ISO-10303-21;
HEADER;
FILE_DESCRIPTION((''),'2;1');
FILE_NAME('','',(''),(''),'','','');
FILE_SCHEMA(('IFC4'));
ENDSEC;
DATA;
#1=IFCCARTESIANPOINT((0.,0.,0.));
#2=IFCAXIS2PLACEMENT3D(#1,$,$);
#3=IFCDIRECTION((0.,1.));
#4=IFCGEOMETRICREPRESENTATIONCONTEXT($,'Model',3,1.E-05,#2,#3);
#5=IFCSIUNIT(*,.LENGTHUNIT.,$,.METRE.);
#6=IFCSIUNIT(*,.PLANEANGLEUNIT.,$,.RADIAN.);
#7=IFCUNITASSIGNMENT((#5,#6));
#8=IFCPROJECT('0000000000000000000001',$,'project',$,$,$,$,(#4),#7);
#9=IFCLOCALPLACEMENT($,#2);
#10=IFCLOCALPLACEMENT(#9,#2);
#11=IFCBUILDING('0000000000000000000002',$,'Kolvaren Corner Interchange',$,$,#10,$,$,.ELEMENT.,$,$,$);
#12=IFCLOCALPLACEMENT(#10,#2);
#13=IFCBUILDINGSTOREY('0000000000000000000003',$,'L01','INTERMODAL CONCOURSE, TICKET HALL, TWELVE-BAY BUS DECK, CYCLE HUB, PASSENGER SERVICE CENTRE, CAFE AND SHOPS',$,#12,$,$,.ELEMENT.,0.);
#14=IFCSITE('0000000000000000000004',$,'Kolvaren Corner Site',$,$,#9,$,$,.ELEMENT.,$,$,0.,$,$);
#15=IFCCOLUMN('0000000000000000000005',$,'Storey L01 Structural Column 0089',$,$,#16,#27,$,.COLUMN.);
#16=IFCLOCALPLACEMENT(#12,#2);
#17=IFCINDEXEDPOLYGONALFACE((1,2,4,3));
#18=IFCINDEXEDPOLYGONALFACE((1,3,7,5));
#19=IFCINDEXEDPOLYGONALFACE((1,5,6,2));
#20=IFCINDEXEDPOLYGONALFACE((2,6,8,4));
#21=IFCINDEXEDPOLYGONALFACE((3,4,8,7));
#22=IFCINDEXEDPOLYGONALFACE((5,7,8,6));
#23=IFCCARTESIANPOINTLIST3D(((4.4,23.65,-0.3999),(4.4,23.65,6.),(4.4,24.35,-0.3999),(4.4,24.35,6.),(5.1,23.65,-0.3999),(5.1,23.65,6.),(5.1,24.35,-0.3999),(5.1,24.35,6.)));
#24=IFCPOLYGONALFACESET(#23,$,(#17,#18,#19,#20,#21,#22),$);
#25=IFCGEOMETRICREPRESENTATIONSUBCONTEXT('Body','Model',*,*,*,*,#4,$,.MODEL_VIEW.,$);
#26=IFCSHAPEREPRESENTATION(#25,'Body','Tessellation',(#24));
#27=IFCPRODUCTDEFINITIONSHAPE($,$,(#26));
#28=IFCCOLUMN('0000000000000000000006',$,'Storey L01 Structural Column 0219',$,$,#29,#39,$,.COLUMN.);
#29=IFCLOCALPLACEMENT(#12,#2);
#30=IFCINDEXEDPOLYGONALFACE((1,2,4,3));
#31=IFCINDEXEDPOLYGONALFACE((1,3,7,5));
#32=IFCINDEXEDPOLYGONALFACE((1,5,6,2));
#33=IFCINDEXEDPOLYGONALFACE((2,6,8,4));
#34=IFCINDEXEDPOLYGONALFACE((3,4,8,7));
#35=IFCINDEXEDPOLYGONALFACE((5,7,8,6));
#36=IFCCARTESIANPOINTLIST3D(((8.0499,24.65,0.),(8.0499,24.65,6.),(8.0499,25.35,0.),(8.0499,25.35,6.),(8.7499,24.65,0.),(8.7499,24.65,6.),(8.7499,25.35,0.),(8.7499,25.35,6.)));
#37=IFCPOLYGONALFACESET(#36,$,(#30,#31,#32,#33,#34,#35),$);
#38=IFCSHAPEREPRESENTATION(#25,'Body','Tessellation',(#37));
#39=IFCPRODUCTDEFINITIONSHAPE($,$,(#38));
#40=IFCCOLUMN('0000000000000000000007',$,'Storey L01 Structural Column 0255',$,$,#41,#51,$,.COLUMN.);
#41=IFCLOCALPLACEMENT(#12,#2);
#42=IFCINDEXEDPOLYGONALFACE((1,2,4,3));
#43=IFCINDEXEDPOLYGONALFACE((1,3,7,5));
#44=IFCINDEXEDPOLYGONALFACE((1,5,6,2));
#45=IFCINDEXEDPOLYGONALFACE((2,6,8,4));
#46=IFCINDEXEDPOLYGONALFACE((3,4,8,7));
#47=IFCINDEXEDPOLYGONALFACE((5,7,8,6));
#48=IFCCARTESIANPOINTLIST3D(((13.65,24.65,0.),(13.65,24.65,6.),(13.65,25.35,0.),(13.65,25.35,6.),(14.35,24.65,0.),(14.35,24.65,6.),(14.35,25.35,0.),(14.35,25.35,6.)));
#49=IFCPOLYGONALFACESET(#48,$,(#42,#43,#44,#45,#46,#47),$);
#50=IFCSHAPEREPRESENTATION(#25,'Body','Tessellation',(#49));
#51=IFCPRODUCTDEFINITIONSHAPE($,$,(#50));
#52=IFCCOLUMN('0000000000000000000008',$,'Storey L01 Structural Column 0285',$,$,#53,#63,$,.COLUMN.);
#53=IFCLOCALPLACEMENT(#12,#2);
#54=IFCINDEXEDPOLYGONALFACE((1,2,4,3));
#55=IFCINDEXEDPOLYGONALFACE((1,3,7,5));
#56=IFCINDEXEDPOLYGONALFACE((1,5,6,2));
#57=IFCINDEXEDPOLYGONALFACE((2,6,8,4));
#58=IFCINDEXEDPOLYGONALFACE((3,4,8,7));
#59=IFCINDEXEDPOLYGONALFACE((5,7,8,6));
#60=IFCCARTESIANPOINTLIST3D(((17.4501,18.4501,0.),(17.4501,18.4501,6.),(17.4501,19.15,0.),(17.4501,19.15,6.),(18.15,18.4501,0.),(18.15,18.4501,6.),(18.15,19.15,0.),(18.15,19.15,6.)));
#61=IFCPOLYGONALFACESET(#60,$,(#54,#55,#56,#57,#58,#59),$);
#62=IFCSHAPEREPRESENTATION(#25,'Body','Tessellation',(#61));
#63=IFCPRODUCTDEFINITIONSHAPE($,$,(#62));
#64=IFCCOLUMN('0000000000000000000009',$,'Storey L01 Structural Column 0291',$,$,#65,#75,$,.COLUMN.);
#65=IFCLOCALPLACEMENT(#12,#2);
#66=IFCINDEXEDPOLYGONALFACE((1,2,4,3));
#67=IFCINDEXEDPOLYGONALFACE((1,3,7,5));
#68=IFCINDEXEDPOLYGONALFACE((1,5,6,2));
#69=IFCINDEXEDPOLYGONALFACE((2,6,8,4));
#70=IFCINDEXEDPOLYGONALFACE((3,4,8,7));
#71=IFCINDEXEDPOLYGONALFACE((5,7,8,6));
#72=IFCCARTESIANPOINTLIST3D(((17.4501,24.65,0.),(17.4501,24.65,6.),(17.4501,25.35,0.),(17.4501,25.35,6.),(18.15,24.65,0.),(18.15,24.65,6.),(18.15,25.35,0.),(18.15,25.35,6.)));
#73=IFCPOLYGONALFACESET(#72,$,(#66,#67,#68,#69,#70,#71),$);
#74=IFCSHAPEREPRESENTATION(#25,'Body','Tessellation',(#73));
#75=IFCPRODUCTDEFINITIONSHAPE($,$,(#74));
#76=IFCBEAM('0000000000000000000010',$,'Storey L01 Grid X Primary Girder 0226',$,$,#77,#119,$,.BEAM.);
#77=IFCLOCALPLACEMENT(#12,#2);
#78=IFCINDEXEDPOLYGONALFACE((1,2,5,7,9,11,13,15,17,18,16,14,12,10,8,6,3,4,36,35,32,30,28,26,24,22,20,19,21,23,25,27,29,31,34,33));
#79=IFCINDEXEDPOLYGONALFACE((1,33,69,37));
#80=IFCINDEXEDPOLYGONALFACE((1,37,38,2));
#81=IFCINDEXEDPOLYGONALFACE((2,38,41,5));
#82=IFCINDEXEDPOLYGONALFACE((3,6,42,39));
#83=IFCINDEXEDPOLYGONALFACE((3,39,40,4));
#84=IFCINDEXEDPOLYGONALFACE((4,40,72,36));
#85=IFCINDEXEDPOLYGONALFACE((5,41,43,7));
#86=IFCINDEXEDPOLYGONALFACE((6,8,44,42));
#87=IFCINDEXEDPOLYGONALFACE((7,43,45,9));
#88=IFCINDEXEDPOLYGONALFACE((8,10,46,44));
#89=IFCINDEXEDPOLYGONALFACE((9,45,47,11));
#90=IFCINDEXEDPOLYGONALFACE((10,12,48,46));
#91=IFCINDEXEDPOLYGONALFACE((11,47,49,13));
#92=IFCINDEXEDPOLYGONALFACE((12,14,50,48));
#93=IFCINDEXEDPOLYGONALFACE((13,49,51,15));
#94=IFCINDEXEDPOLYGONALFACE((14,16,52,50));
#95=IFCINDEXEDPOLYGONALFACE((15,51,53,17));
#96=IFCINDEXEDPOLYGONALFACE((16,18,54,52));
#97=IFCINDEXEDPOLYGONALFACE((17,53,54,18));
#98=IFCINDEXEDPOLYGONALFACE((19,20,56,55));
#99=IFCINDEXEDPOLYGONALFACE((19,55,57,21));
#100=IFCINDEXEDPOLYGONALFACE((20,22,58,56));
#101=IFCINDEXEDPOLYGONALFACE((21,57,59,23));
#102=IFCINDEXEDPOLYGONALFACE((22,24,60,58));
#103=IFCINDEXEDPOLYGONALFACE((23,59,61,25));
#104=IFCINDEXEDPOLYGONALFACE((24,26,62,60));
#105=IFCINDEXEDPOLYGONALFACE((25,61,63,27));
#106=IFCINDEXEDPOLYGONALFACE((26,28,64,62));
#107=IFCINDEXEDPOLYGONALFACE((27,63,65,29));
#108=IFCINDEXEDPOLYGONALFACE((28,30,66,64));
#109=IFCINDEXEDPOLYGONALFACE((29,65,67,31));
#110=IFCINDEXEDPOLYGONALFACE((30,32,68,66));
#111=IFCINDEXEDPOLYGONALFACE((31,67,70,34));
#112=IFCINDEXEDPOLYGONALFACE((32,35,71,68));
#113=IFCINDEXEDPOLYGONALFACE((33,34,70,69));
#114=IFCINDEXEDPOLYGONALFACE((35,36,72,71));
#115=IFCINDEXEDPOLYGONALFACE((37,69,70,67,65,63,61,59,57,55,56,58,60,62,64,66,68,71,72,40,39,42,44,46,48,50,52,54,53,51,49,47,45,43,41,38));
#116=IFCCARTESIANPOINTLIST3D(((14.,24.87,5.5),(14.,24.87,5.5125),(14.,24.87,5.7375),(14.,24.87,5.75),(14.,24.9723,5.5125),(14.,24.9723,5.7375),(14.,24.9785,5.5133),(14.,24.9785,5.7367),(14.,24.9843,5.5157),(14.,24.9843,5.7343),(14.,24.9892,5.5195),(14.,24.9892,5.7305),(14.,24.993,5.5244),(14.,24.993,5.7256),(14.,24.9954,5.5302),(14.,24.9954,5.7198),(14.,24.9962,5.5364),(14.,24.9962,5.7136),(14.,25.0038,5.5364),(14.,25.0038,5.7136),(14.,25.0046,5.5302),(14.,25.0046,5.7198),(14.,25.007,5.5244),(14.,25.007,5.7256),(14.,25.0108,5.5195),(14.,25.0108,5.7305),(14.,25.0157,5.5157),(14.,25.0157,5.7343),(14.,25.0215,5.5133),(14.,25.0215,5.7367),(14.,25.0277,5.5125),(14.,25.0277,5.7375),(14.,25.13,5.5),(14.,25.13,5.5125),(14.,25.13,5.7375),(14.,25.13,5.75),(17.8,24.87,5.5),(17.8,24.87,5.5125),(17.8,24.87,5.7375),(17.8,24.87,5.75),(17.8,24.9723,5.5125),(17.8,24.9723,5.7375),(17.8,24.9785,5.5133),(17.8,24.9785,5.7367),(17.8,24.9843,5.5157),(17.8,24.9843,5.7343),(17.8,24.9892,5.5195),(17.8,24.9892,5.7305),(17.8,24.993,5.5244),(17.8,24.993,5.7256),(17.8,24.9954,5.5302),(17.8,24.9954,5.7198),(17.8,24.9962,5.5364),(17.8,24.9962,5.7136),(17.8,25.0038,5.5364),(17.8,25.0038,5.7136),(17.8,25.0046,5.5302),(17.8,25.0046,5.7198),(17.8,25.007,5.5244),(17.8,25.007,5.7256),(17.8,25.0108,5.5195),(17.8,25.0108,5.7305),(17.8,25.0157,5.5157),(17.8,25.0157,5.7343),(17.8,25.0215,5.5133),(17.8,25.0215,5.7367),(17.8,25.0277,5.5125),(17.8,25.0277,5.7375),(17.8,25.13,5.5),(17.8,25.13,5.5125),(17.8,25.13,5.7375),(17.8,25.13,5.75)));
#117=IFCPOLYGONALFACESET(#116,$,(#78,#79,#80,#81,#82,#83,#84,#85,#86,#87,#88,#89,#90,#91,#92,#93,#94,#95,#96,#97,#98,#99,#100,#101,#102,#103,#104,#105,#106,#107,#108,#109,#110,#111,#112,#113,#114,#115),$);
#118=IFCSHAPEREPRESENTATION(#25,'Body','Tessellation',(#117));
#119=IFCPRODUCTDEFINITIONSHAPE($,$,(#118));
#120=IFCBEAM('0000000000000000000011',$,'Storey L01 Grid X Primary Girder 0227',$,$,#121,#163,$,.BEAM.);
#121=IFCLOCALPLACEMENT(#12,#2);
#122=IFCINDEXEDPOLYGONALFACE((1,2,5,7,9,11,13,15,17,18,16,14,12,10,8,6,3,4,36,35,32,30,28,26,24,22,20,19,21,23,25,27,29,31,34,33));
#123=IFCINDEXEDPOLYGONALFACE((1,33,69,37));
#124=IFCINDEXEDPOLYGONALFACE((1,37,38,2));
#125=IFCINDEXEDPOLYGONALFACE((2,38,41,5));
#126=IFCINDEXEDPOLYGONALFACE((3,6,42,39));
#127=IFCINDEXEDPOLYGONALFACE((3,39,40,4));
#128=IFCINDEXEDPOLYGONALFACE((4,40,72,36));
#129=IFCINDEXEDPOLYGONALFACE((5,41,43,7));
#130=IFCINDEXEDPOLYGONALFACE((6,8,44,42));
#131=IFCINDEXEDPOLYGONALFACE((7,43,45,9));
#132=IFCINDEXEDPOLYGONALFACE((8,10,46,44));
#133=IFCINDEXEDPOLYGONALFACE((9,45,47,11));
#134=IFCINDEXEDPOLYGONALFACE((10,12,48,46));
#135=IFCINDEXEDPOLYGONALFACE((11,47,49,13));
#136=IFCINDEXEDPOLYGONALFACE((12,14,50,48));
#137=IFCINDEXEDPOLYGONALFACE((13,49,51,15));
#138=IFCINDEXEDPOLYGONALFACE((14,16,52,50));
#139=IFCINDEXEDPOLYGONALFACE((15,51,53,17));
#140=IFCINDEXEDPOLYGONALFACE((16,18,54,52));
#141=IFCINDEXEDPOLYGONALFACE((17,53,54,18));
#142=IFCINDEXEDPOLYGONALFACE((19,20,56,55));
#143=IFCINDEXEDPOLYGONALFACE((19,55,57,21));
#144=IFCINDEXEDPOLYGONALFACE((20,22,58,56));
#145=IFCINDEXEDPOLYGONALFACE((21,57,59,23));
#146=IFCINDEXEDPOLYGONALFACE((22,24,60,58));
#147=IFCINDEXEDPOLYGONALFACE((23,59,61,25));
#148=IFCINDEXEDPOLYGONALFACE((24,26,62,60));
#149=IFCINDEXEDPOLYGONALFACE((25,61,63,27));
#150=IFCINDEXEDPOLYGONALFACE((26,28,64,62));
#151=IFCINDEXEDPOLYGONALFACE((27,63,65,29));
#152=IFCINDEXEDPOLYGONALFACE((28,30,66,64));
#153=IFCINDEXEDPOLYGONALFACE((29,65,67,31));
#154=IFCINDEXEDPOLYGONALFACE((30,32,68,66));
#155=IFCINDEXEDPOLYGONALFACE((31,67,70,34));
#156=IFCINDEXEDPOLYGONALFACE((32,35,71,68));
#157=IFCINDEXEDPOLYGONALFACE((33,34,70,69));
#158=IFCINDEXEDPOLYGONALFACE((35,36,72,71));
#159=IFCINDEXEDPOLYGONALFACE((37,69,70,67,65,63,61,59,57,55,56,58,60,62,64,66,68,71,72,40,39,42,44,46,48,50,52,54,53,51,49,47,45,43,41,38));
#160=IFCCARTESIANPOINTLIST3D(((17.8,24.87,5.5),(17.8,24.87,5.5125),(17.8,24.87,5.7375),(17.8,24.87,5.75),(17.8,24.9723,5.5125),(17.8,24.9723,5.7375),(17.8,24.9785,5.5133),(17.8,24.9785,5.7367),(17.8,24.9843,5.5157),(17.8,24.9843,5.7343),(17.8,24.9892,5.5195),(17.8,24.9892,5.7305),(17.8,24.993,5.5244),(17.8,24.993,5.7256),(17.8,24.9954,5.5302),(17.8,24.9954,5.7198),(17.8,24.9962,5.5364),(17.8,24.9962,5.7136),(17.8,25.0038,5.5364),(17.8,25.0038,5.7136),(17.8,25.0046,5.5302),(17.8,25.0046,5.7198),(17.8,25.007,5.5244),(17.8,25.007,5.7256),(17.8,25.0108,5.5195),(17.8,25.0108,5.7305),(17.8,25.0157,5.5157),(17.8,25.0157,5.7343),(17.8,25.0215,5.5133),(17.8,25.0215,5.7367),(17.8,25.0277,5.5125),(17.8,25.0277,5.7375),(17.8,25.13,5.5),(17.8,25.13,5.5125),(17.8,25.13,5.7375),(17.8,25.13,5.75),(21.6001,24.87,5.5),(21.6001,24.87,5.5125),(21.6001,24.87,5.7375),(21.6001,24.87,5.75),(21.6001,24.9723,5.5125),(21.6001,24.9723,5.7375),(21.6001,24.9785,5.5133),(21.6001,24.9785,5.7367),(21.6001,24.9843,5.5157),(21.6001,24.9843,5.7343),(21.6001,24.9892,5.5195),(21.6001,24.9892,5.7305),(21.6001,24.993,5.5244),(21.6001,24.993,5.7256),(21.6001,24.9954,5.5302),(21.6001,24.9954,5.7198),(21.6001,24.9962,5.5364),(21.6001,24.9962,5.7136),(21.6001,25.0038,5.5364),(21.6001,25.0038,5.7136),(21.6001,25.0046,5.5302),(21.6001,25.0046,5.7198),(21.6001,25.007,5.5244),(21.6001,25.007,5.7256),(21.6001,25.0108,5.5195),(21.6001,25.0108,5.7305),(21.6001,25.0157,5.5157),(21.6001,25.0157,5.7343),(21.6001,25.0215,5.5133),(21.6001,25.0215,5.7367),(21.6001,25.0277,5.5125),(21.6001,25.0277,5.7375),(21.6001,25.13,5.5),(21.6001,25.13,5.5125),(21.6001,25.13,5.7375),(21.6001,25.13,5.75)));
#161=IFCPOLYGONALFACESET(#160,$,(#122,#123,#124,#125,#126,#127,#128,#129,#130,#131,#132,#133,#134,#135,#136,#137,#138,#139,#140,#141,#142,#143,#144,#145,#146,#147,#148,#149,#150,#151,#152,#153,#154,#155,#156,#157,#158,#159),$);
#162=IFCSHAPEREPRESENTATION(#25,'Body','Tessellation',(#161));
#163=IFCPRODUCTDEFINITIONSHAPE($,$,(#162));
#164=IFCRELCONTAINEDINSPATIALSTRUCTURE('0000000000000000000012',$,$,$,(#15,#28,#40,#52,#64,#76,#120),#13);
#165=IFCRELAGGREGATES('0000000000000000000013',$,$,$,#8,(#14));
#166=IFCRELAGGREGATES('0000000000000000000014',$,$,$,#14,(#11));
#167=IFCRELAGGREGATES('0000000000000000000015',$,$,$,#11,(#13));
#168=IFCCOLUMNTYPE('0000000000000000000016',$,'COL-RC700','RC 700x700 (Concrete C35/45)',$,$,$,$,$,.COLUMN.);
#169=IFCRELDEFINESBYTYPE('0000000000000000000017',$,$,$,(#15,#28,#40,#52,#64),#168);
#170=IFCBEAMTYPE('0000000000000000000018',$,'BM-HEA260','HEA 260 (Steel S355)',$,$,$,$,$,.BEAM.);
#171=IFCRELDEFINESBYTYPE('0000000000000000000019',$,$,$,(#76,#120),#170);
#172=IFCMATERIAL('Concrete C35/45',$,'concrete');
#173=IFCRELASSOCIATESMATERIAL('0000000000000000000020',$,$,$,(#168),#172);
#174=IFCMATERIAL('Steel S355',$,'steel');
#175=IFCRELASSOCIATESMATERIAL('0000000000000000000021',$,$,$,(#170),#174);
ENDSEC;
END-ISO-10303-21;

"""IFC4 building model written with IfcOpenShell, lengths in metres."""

from ifc_helpers import new_model, si_unit, direction, frame, origin, origin_2d, place, context, subcontext, project, spatial, rectangle, i_section, extrude, material, material_profile, profile_set, type_object, element, save


model = new_model("IFC4")

# Units and contexts
model_context = context("Model", 3, precision=1e-05, world=origin(), true_north=direction((0.0, 1.0)))
body_context = subcontext(model_context, "Body", "Model", "MODEL_VIEW")
ifc_project = project(units=[si_unit("LENGTHUNIT", "METRE"), si_unit("PLANEANGLEUNIT", "RADIAN")], contexts=[model_context])

# Site, building, storey
site_placement = place(None, origin())
site = spatial("IfcSite", under=ifc_project, at=site_placement, Name="Kolvaren Corner Site", CompositionType="ELEMENT", RefElevation=0.0)
building_placement = place(site_placement, origin())
building = spatial("IfcBuilding", under=site, at=building_placement, Name="Kolvaren Corner Interchange", CompositionType="ELEMENT")
storey_placement = place(building_placement, origin())
storey = spatial("IfcBuildingStorey", under=building, at=storey_placement, Name="L01", Description="INTERMODAL CONCOURSE, TICKET HALL, TWELVE-BAY BUS DECK, CYCLE HUB, PASSENGER SERVICE CENTRE, CAFE AND SHOPS", CompositionType="ELEMENT", Elevation=0.0)

# Columns
ifc_material_1 = material(Name="Concrete C35/45", Category="concrete")
ifc_material_profile_1 = material_profile(ifc_material_1, rectangle(XDim=0.7, YDim=0.7, at=origin_2d()), Name="RC 700x700")
ifc_profile_set_1 = profile_set([ifc_material_profile_1], Name="Concrete C35/45")
column_type = type_object("IfcColumnType", Name="COL-RC700", Description="RC 700x700 (Concrete C35/45)", PredefinedType="COLUMN", material=ifc_profile_set_1)
column_placement = place(storey_placement, frame((4.75, 24.0, -0.3999), z_axis=(0.0, 0.0, 1.0), x_axis=(1.0, 0.0, 0.0)))
element("IfcColumn", 1, at=column_placement, inside=storey, type_object=column_type, Name="Storey L01 Structural Column 0089", PredefinedType="COLUMN", context=body_context, shape_type="SweptSolid", body=[
    extrude(rectangle(XDim=0.7, YDim=0.7, at=origin_2d()), origin(), (0.0, 0.0, 1.0), 6.3999),
])
for number, where, z_axis, x_axis, name in (
    (2, (8.3999, 25.0, 0.0), (0.0, 0.0, 1.0), (1.0, 0.0, 0.0), "Storey L01 Structural Column 0219"),
    (3, (14.0, 25.0, 0.0), (0.0, 0.0, 1.0), (1.0, 0.0, 0.0), "Storey L01 Structural Column 0255"),
    (4, (17.8, 18.8, 0.0), (0.0, 0.0, 1.0), (1.0, 0.0, 0.0), "Storey L01 Structural Column 0285"),
    (5, (17.8, 25.0, 0.0), (0.0, 0.0, 1.0), (1.0, 0.0, 0.0), "Storey L01 Structural Column 0291"),
):
    element("IfcColumn", number, at=place(storey_placement, frame(where, z_axis=z_axis, x_axis=x_axis)), inside=storey, type_object=column_type, Name=name, PredefinedType="COLUMN", context=body_context, shape_type="SweptSolid", body=[
        extrude(rectangle(XDim=0.7, YDim=0.7, at=origin_2d()), origin(), (0.0, 0.0, 1.0), 6.0),
    ])

# Beams
ifc_material_2 = material(Name="Steel S355", Category="steel")
ifc_material_profile_2 = material_profile(ifc_material_2, i_section(OverallWidth=0.26, OverallDepth=0.25, WebThickness=0.0076, FlangeThickness=0.0125, FilletRadius=0.0239, at=origin_2d()), Name="HEA 260")
ifc_profile_set_2 = profile_set([ifc_material_profile_2], Name="Steel S355")
beam_type_1 = type_object("IfcBeamType", Name="BM-HEA260", Description="HEA 260 (Steel S355)", PredefinedType="BEAM", material=ifc_profile_set_2)
for number, where, z_axis, x_axis, name in (
    (6, (14.0, 25.0, 5.625), (1.0, 0.0, 0.0), (0.0, 1.0, 0.0), "Storey L01 Grid X Primary Girder 0226"),
    (7, (17.8, 25.0, 5.625), (1.0, 0.0, 0.0), (0.0, 1.0, 0.0), "Storey L01 Grid X Primary Girder 0227"),
):
    element("IfcBeam", number, at=place(storey_placement, frame(where, z_axis=z_axis, x_axis=x_axis)), inside=storey, type_object=beam_type_1, Name=name, PredefinedType="BEAM", context=body_context, shape_type="SweptSolid", body=[
        extrude(i_section(OverallWidth=0.26, OverallDepth=0.25, WebThickness=0.0076, FlangeThickness=0.0125, FilletRadius=0.0239, at=origin_2d()), origin(), (0.0, 0.0, 1.0), 3.8),
    ])

save(model, "model.ifc")
